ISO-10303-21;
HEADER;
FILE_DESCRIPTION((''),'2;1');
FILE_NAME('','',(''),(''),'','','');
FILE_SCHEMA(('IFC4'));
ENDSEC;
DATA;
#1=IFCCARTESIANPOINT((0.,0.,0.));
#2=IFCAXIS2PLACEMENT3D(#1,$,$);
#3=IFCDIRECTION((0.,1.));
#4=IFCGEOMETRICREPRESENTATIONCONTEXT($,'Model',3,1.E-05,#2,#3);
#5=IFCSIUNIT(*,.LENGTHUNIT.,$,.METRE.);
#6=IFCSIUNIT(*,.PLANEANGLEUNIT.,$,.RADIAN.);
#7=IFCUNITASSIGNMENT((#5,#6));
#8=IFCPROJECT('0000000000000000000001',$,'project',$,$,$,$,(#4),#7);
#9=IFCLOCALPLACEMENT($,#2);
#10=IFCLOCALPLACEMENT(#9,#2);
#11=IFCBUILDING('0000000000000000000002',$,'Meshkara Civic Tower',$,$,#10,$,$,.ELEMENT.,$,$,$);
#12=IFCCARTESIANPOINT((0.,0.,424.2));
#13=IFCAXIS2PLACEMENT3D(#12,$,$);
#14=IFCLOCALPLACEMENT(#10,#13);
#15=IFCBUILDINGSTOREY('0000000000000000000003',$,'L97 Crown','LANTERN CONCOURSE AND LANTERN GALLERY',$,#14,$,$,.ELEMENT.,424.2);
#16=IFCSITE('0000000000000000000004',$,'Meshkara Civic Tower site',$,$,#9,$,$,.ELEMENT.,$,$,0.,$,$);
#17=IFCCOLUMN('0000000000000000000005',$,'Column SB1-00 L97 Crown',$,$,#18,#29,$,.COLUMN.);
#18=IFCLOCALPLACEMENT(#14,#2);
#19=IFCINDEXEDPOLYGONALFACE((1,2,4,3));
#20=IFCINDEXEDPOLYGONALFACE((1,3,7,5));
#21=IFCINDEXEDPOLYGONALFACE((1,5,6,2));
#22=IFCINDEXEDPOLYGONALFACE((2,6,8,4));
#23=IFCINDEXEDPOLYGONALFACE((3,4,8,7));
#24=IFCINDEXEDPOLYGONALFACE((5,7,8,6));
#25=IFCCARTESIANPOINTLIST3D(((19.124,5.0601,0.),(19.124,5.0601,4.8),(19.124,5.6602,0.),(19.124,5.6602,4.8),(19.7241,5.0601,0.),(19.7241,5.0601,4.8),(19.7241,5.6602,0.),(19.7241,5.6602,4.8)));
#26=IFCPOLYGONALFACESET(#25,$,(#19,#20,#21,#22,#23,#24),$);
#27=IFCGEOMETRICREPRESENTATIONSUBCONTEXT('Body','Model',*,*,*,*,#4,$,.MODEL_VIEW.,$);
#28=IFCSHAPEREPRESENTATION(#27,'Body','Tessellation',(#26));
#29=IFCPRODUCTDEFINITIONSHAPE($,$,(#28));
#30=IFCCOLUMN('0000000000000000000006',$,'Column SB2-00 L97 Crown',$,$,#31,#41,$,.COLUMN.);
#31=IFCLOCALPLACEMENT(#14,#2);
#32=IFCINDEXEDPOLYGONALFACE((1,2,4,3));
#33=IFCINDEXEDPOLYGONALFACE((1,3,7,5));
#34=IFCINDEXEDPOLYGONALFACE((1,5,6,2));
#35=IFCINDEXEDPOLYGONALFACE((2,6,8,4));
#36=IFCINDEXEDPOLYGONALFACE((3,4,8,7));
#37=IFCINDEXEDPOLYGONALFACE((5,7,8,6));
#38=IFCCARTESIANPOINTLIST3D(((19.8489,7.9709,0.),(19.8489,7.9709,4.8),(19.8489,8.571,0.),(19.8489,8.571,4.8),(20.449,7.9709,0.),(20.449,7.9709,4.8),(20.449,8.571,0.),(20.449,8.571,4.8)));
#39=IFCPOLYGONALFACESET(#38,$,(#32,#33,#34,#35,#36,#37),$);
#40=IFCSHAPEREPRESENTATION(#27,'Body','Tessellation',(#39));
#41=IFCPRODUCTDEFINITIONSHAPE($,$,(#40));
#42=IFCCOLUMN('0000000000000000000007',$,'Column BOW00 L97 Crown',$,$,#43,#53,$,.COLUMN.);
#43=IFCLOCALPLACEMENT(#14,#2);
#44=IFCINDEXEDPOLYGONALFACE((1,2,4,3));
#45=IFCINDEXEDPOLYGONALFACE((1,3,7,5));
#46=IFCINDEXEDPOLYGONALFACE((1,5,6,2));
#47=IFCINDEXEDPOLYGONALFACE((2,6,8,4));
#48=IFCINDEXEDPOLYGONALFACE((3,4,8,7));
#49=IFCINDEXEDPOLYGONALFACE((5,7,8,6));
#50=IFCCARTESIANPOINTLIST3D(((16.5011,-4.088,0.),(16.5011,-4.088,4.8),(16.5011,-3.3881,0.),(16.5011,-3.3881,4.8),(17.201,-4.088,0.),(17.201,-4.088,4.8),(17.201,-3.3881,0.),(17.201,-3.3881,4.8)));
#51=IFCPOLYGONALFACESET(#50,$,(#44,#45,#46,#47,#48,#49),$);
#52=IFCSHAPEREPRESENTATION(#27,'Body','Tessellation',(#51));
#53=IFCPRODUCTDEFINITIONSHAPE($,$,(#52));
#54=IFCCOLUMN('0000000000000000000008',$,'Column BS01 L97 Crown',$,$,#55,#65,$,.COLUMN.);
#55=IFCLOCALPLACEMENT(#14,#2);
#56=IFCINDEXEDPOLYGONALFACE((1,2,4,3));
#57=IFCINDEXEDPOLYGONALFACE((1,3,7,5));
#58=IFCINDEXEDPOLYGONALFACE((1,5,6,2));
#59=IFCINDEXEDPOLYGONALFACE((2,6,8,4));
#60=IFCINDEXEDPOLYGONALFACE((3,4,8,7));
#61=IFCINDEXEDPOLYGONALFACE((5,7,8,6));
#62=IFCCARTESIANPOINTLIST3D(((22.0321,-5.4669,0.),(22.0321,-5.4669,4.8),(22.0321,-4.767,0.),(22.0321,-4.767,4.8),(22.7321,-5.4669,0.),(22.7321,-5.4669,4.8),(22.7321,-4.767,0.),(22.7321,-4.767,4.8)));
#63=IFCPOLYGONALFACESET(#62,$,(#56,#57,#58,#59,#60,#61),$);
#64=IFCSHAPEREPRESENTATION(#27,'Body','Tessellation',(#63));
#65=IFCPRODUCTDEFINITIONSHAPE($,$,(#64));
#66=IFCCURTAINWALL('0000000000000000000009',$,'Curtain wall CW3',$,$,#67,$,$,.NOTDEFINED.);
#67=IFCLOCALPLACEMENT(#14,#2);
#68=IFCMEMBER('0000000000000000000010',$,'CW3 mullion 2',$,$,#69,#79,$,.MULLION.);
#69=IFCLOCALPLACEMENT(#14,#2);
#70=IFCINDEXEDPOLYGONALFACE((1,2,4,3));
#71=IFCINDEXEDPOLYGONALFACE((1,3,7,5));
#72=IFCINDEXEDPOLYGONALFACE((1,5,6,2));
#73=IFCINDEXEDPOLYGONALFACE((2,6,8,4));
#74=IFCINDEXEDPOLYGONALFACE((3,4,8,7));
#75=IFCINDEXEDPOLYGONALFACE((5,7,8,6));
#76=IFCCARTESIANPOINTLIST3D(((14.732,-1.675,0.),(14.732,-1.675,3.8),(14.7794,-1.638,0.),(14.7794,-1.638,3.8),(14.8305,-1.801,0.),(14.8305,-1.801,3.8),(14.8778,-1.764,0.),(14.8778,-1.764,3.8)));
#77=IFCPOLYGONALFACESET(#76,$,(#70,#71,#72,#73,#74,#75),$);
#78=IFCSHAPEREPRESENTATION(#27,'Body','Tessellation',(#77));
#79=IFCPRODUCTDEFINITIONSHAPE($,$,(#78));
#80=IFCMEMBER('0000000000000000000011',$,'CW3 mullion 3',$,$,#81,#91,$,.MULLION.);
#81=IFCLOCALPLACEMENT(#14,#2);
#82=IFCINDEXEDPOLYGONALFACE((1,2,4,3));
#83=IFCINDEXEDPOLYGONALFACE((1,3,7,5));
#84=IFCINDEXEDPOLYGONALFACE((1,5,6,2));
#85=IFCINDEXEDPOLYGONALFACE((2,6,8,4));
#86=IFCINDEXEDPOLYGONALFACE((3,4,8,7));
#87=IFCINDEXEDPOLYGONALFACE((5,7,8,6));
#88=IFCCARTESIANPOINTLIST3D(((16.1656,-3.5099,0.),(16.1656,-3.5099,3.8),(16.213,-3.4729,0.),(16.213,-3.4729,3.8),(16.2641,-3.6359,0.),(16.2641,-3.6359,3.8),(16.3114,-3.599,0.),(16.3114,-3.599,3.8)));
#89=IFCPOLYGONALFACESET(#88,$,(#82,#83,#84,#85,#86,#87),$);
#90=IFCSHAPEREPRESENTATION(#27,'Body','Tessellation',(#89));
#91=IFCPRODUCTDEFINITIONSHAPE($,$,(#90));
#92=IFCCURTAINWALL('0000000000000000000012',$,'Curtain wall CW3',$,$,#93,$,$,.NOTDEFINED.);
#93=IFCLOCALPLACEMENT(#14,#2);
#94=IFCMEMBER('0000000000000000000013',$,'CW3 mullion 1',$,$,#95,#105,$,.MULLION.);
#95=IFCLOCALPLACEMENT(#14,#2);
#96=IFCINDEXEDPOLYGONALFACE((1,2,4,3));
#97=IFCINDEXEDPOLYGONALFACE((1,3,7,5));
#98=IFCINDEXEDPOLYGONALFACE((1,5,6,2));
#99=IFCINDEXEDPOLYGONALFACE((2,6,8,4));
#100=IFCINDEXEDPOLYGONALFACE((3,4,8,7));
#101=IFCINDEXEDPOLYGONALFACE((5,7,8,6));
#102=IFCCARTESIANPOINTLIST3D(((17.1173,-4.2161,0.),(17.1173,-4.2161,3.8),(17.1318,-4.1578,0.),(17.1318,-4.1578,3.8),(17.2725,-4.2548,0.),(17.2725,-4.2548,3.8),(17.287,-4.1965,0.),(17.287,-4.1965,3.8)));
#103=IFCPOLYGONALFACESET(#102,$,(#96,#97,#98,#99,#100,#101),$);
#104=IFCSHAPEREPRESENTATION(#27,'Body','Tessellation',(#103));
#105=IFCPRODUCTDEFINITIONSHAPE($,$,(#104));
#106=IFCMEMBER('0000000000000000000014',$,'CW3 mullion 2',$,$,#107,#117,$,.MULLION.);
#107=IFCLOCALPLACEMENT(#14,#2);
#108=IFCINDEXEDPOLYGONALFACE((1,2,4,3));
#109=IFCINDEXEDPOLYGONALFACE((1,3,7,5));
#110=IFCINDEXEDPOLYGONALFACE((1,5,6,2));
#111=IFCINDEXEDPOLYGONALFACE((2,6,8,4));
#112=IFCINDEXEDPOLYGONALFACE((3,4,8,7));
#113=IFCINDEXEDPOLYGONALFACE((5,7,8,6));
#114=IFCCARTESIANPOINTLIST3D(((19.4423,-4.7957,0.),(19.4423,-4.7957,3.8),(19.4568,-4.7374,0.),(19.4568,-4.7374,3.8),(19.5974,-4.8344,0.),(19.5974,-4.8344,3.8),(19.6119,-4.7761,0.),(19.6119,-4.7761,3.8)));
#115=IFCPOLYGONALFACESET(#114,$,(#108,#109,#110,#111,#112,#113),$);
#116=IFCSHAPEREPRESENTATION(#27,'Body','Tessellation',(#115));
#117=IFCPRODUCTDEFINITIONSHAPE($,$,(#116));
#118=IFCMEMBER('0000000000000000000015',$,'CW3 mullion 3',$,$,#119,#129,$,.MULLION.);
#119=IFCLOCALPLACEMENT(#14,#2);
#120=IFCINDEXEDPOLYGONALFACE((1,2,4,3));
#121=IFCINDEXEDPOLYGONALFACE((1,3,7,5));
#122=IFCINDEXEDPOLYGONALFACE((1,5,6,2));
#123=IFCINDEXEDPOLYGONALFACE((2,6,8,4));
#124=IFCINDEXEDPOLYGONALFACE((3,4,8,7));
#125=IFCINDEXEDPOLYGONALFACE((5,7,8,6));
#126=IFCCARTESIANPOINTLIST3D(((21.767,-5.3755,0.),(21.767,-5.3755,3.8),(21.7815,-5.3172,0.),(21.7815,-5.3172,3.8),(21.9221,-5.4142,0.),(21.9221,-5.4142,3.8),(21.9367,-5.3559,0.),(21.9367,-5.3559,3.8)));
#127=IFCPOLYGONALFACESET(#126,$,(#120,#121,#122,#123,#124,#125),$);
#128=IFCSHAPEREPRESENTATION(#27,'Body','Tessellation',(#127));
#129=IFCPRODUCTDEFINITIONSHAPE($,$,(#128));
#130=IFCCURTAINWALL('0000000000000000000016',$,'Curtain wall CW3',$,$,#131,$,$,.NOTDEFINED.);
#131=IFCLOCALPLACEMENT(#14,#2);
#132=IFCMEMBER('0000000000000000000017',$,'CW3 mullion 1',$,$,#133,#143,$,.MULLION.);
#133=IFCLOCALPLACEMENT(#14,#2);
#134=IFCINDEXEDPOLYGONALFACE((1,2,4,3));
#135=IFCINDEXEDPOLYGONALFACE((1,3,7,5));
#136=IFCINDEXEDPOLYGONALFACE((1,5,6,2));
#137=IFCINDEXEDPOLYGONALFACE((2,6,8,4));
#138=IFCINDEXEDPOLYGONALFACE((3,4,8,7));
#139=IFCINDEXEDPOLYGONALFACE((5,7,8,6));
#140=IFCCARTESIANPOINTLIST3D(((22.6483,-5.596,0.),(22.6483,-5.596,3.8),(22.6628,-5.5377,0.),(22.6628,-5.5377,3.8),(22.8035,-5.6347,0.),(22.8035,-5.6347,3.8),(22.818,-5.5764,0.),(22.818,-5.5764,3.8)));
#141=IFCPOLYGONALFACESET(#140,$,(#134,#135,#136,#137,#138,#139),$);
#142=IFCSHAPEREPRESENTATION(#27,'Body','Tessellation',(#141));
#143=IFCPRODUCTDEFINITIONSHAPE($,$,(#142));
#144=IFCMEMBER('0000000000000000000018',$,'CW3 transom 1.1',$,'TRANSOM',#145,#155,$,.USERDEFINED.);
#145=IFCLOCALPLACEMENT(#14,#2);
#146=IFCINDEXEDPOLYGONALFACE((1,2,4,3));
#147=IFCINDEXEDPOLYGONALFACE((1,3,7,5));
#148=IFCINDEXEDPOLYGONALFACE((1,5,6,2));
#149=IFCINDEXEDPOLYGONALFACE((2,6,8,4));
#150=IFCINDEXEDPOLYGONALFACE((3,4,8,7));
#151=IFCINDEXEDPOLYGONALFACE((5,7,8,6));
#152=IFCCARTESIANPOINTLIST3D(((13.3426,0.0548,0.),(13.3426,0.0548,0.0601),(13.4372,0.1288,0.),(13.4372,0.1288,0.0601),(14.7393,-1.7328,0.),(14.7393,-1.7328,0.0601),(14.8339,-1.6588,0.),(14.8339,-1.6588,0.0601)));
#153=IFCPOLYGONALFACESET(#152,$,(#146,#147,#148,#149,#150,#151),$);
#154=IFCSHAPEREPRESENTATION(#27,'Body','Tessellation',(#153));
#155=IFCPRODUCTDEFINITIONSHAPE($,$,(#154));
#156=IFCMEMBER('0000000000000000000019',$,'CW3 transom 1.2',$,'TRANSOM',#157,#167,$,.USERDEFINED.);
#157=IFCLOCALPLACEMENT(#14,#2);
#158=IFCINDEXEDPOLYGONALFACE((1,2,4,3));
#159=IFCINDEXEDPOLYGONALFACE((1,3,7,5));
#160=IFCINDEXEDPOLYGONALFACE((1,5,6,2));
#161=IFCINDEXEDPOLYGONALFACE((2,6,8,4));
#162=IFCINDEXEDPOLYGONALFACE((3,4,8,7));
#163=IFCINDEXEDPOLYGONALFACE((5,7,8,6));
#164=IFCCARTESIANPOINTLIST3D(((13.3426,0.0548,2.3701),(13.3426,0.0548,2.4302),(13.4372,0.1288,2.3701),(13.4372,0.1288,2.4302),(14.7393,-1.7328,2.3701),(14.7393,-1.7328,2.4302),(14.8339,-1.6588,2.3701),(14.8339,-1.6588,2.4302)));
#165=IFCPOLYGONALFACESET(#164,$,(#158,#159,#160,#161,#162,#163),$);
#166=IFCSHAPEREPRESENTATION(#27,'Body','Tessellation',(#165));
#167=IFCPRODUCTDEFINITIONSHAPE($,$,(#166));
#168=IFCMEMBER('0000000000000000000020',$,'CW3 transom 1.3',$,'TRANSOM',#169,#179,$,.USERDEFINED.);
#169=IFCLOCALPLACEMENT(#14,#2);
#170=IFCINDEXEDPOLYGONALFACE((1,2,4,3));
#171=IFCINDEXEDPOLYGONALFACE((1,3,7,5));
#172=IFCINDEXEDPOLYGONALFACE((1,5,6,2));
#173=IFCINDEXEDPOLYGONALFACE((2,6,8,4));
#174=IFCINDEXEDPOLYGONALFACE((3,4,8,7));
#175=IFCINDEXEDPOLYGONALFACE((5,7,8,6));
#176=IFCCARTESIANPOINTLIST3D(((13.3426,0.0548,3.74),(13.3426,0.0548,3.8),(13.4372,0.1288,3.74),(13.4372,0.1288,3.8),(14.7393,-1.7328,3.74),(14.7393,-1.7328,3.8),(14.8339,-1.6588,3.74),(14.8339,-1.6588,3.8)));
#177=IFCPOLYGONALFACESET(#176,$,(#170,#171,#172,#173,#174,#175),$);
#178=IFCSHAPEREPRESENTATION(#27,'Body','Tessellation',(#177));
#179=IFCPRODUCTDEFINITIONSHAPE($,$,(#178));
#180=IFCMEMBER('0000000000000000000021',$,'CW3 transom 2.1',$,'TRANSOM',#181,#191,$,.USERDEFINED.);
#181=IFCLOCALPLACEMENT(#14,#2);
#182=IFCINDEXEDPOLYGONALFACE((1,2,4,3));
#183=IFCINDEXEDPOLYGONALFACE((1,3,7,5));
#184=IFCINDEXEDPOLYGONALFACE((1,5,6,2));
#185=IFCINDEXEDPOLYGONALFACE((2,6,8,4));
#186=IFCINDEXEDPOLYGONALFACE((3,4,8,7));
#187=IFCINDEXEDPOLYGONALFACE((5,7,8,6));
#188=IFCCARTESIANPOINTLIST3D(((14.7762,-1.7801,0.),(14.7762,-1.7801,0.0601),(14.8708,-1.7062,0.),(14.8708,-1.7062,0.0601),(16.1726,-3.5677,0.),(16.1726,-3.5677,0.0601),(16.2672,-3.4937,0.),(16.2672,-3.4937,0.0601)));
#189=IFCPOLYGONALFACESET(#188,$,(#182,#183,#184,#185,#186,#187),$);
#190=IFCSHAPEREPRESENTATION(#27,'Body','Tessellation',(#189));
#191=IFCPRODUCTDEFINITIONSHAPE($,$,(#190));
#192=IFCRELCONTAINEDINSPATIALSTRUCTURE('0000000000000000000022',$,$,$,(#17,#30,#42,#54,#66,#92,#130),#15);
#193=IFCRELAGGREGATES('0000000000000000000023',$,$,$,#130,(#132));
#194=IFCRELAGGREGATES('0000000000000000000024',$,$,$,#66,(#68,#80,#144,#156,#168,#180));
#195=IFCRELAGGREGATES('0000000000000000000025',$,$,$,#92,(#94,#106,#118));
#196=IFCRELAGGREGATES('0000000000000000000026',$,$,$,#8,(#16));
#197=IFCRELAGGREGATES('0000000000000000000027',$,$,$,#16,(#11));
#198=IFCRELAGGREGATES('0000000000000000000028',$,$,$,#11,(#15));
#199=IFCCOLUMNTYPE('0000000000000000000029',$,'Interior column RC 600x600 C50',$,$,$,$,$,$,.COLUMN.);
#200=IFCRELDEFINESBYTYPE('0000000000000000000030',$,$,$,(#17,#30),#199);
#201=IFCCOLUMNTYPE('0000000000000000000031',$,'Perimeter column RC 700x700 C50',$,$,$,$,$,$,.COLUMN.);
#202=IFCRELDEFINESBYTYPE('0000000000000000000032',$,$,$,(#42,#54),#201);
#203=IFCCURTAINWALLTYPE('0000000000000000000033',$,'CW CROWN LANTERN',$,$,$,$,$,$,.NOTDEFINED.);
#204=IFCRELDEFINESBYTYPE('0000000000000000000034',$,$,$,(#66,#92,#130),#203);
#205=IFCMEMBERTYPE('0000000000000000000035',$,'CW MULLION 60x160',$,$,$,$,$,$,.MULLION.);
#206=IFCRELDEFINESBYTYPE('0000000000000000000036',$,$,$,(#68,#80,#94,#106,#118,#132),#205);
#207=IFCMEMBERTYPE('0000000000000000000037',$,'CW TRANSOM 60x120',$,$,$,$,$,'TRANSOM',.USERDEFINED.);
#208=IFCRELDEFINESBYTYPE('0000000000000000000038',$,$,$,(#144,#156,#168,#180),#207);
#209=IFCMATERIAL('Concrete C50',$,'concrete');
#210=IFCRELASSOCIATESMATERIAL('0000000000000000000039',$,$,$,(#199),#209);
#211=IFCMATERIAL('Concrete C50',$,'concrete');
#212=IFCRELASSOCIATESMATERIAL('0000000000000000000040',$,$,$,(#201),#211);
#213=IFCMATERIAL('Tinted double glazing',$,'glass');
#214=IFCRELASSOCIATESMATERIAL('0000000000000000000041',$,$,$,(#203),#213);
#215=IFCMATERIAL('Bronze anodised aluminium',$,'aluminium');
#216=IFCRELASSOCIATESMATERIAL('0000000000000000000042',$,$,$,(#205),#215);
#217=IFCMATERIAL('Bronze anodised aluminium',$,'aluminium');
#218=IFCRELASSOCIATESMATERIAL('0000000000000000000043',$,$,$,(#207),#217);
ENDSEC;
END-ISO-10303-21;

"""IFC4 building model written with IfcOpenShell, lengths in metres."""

from ifc_helpers import new_model, si_unit, direction, frame, origin, origin_2d, place, context, subcontext, project, spatial, rectangle, extrude, material, material_profile, profile_set, type_object, element, aggregate, save


model = new_model("IFC4")

# Units and contexts
model_context = context("Model", 3, precision=1e-05, world=origin(), true_north=direction((0.0, 1.0)))
body_context = subcontext(model_context, "Body", "Model", "MODEL_VIEW")
ifc_project = project(units=[si_unit("LENGTHUNIT", "METRE"), si_unit("PLANEANGLEUNIT", "RADIAN")], contexts=[model_context])

# Site, building, storey
site_placement = place(None, origin())
site = spatial("IfcSite", under=ifc_project, at=site_placement, Name="Meshkara Civic Tower site", CompositionType="ELEMENT", RefElevation=0.0)
building_placement = place(site_placement, origin())
building = spatial("IfcBuilding", under=site, at=building_placement, Name="Meshkara Civic Tower", CompositionType="ELEMENT")
storey_placement = place(building_placement, frame((0.0, 0.0, 424.2)))
storey = spatial("IfcBuildingStorey", under=building, at=storey_placement, Name="L97 Crown", Description="LANTERN CONCOURSE AND LANTERN GALLERY", CompositionType="ELEMENT", Elevation=424.2)

# Columns
ifc_material_1 = material(Name="Concrete C50", Category="concrete")
ifc_material_profile_1 = material_profile(ifc_material_1, rectangle(XDim=0.6001, YDim=0.6001, at=origin_2d()))
ifc_profile_set_1 = profile_set([ifc_material_profile_1], Name="Concrete C50")
column_type_1 = type_object("IfcColumnType", Name="Interior column RC 600x600 C50", PredefinedType="COLUMN", material=ifc_profile_set_1)
for number, where, z_axis, x_axis, name in (
    (1, (19.4241, 5.3601, 0.0), (0.0, 0.0, 1.0), (1.0, 0.0, 0.0), "Column SB1-00 L97 Crown"),
    (2, (20.1489, 8.271, 0.0), (0.0, 0.0, 1.0), (1.0, 0.0, 0.0), "Column SB2-00 L97 Crown"),
):
    element("IfcColumn", number, at=place(storey_placement, frame(where, z_axis=z_axis, x_axis=x_axis)), inside=storey, type_object=column_type_1, Name=name, PredefinedType="COLUMN", context=body_context, shape_type="SweptSolid", body=[
        extrude(rectangle(XDim=0.6001, YDim=0.6001, at=origin_2d()), origin(), (0.0, 0.0, 1.0), 4.8),
    ])
ifc_material_2 = material(Name="Concrete C50", Category="concrete")
ifc_material_profile_2 = material_profile(ifc_material_2, rectangle(XDim=0.7, YDim=0.7, at=origin_2d()))
ifc_profile_set_2 = profile_set([ifc_material_profile_2], Name="Concrete C50")
column_type_2 = type_object("IfcColumnType", Name="Perimeter column RC 700x700 C50", PredefinedType="COLUMN", material=ifc_profile_set_2)
for number, where, z_axis, x_axis, name in (
    (3, (16.8511, -3.738, 0.0), (0.0, 0.0, 1.0), (1.0, 0.0, 0.0), "Column BOW00 L97 Crown"),
    (4, (22.3821, -5.1169, 0.0), (0.0, 0.0, 1.0), (1.0, 0.0, 0.0), "Column BS01 L97 Crown"),
):
    element("IfcColumn", number, at=place(storey_placement, frame(where, z_axis=z_axis, x_axis=x_axis)), inside=storey, type_object=column_type_2, Name=name, PredefinedType="COLUMN", context=body_context, shape_type="SweptSolid", body=[
        extrude(rectangle(XDim=0.7, YDim=0.7, at=origin_2d()), origin(), (0.0, 0.0, 1.0), 4.8),
    ])

# Curtain walls, members
ifc_material_3 = material(Name="Tinted double glazing", Category="glass")
curtain_wall_type = type_object("IfcCurtainWallType", Name="CW CROWN LANTERN", PredefinedType="NOTDEFINED", material=ifc_material_3)
curtain_wall_1_placement = place(storey_placement, origin())
curtain_wall_1 = element("IfcCurtainWall", 5, at=curtain_wall_1_placement, inside=storey, type_object=curtain_wall_type, Name="Curtain wall CW3", PredefinedType="NOTDEFINED")
ifc_material_4 = material(Name="Bronze anodised aluminium", Category="aluminium")
ifc_material_profile_3 = material_profile(ifc_material_4, rectangle(XDim=0.0601, YDim=0.1599, at=origin_2d()))
ifc_profile_set_3 = profile_set([ifc_material_profile_3], Name="Bronze anodised aluminium")
member_type_1 = type_object("IfcMemberType", Name="CW MULLION 60x160", PredefinedType="MULLION", material=ifc_profile_set_3)
member_1_placement = place(storey_placement, frame((14.8049, -1.7195, 0.0), z_axis=(0.0, 0.0, 1.0), x_axis=(0.788015, 0.615656, 0.0)))
member_1 = element("IfcMember", 6, at=member_1_placement, type_object=member_type_1, Name="CW3 mullion 2", PredefinedType="MULLION", context=body_context, shape_type="SweptSolid", body=[
    extrude(rectangle(XDim=0.0601, YDim=0.1599, at=origin_2d()), origin(), (0.0, 0.0, 1.0), 3.8),
])
member_2_placement = place(storey_placement, frame((16.2385, -3.5544, 0.0), z_axis=(0.0, 0.0, 1.0), x_axis=(0.788015, 0.615656, 0.0)))
member_2 = element("IfcMember", 7, at=member_2_placement, type_object=member_type_1, Name="CW3 mullion 3", PredefinedType="MULLION", context=body_context, shape_type="SweptSolid", body=[
    extrude(rectangle(XDim=0.0601, YDim=0.1599, at=origin_2d()), origin(), (0.0, 0.0, 1.0), 3.8),
])
curtain_wall_2_placement = place(storey_placement, origin())
curtain_wall_2 = element("IfcCurtainWall", 8, at=curtain_wall_2_placement, inside=storey, type_object=curtain_wall_type, Name="Curtain wall CW3", PredefinedType="NOTDEFINED")
member_3_placement = place(storey_placement, frame((17.2021, -4.2063, 0.0), z_axis=(0.0, 0.0, 1.0), x_axis=(0.241954, 0.970288, 0.0)))
member_3 = element("IfcMember", 9, at=member_3_placement, type_object=member_type_1, Name="CW3 mullion 1", PredefinedType="MULLION", context=body_context, shape_type="SweptSolid", body=[
    extrude(rectangle(XDim=0.0601, YDim=0.1599, at=origin_2d()), origin(), (0.0, 0.0, 1.0), 3.8),
])
member_4_placement = place(storey_placement, frame((19.5271, -4.7859, 0.0), z_axis=(0.0, 0.0, 1.0), x_axis=(0.241954, 0.970288, 0.0)))
member_4 = element("IfcMember", 10, at=member_4_placement, type_object=member_type_1, Name="CW3 mullion 2", PredefinedType="MULLION", context=body_context, shape_type="SweptSolid", body=[
    extrude(rectangle(XDim=0.0601, YDim=0.1599, at=origin_2d()), origin(), (0.0, 0.0, 1.0), 3.8),
])
member_5_placement = place(storey_placement, frame((21.8518, -5.3657, 0.0), z_axis=(0.0, 0.0, 1.0), x_axis=(0.241954, 0.970288, 0.0)))
member_5 = element("IfcMember", 11, at=member_5_placement, type_object=member_type_1, Name="CW3 mullion 3", PredefinedType="MULLION", context=body_context, shape_type="SweptSolid", body=[
    extrude(rectangle(XDim=0.0601, YDim=0.1599, at=origin_2d()), origin(), (0.0, 0.0, 1.0), 3.8),
])

# Curtain wall, member
curtain_wall_3_placement = place(storey_placement, origin())
curtain_wall_3 = element("IfcCurtainWall", 12, at=curtain_wall_3_placement, inside=storey, type_object=curtain_wall_type, Name="Curtain wall CW3", PredefinedType="NOTDEFINED")
member_6_placement = place(storey_placement, frame((22.7332, -5.5862, 0.0), z_axis=(0.0, 0.0, 1.0), x_axis=(0.241808, 0.970324, 0.0)))
member_6 = element("IfcMember", 13, at=member_6_placement, type_object=member_type_1, Name="CW3 mullion 1", PredefinedType="MULLION", context=body_context, shape_type="SweptSolid", body=[
    extrude(rectangle(XDim=0.0601, YDim=0.1599, at=origin_2d()), origin(), (0.0, 0.0, 1.0), 3.8),
])
aggregate(curtain_wall_3, [member_6])

# Members
ifc_material_5 = material(Name="Bronze anodised aluminium", Category="aluminium")
ifc_material_profile_4 = material_profile(ifc_material_5, rectangle(XDim=0.1201, YDim=0.0601, at=origin_2d()))
ifc_profile_set_4 = profile_set([ifc_material_profile_4], Name="Bronze anodised aluminium")
member_type_2 = type_object("IfcMemberType", Name="CW TRANSOM 60x120", ElementType="TRANSOM", PredefinedType="USERDEFINED", material=ifc_profile_set_4)
member_7_placement = place(storey_placement, frame((13.3899, 0.0918, 0.03), z_axis=(0.61569, -0.787988, 0.0), x_axis=(0.787988, 0.61569, 0.0)))
member_7 = element("IfcMember", 14, at=member_7_placement, type_object=member_type_2, Name="CW3 transom 1.1", ObjectType="TRANSOM", PredefinedType="USERDEFINED", context=body_context, shape_type="SweptSolid", body=[
    extrude(rectangle(XDim=0.1201, YDim=0.0601, at=origin_2d()), origin(), (0.0, 0.0, 1.0), 2.2686),
])
member_8_placement = place(storey_placement, frame((13.3899, 0.0918, 2.4001), z_axis=(0.61569, -0.787988, 0.0), x_axis=(0.787988, 0.61569, 0.0)))
member_8 = element("IfcMember", 15, at=member_8_placement, type_object=member_type_2, Name="CW3 transom 1.2", ObjectType="TRANSOM", PredefinedType="USERDEFINED", context=body_context, shape_type="SweptSolid", body=[
    extrude(rectangle(XDim=0.1201, YDim=0.0601, at=origin_2d()), origin(), (0.0, 0.0, 1.0), 2.2686),
])
member_9_placement = place(storey_placement, frame((13.3899, 0.0918, 3.77), z_axis=(0.61569, -0.787988, 0.0), x_axis=(0.787988, 0.61569, 0.0)))
member_9 = element("IfcMember", 16, at=member_9_placement, type_object=member_type_2, Name="CW3 transom 1.3", ObjectType="TRANSOM", PredefinedType="USERDEFINED", context=body_context, shape_type="SweptSolid", body=[
    extrude(rectangle(XDim=0.1201, YDim=0.0601, at=origin_2d()), origin(), (0.0, 0.0, 1.0), 2.2686),
])
member_10_placement = place(storey_placement, frame((14.8235, -1.7432, 0.03), z_axis=(0.615623, -0.788041, 0.0), x_axis=(0.788041, 0.615623, 0.0)))
member_10 = element("IfcMember", 17, at=member_10_placement, type_object=member_type_2, Name="CW3 transom 2.1", ObjectType="TRANSOM", PredefinedType="USERDEFINED", context=body_context, shape_type="SweptSolid", body=[
    extrude(rectangle(XDim=0.1201, YDim=0.0601, at=origin_2d()), origin(), (0.0, 0.0, 1.0), 2.2683),
])

aggregate(curtain_wall_1, [member_1, member_2, member_7, member_8, member_9, member_10])
aggregate(curtain_wall_2, [member_3, member_4, member_5])

save(model, "model.ifc")
